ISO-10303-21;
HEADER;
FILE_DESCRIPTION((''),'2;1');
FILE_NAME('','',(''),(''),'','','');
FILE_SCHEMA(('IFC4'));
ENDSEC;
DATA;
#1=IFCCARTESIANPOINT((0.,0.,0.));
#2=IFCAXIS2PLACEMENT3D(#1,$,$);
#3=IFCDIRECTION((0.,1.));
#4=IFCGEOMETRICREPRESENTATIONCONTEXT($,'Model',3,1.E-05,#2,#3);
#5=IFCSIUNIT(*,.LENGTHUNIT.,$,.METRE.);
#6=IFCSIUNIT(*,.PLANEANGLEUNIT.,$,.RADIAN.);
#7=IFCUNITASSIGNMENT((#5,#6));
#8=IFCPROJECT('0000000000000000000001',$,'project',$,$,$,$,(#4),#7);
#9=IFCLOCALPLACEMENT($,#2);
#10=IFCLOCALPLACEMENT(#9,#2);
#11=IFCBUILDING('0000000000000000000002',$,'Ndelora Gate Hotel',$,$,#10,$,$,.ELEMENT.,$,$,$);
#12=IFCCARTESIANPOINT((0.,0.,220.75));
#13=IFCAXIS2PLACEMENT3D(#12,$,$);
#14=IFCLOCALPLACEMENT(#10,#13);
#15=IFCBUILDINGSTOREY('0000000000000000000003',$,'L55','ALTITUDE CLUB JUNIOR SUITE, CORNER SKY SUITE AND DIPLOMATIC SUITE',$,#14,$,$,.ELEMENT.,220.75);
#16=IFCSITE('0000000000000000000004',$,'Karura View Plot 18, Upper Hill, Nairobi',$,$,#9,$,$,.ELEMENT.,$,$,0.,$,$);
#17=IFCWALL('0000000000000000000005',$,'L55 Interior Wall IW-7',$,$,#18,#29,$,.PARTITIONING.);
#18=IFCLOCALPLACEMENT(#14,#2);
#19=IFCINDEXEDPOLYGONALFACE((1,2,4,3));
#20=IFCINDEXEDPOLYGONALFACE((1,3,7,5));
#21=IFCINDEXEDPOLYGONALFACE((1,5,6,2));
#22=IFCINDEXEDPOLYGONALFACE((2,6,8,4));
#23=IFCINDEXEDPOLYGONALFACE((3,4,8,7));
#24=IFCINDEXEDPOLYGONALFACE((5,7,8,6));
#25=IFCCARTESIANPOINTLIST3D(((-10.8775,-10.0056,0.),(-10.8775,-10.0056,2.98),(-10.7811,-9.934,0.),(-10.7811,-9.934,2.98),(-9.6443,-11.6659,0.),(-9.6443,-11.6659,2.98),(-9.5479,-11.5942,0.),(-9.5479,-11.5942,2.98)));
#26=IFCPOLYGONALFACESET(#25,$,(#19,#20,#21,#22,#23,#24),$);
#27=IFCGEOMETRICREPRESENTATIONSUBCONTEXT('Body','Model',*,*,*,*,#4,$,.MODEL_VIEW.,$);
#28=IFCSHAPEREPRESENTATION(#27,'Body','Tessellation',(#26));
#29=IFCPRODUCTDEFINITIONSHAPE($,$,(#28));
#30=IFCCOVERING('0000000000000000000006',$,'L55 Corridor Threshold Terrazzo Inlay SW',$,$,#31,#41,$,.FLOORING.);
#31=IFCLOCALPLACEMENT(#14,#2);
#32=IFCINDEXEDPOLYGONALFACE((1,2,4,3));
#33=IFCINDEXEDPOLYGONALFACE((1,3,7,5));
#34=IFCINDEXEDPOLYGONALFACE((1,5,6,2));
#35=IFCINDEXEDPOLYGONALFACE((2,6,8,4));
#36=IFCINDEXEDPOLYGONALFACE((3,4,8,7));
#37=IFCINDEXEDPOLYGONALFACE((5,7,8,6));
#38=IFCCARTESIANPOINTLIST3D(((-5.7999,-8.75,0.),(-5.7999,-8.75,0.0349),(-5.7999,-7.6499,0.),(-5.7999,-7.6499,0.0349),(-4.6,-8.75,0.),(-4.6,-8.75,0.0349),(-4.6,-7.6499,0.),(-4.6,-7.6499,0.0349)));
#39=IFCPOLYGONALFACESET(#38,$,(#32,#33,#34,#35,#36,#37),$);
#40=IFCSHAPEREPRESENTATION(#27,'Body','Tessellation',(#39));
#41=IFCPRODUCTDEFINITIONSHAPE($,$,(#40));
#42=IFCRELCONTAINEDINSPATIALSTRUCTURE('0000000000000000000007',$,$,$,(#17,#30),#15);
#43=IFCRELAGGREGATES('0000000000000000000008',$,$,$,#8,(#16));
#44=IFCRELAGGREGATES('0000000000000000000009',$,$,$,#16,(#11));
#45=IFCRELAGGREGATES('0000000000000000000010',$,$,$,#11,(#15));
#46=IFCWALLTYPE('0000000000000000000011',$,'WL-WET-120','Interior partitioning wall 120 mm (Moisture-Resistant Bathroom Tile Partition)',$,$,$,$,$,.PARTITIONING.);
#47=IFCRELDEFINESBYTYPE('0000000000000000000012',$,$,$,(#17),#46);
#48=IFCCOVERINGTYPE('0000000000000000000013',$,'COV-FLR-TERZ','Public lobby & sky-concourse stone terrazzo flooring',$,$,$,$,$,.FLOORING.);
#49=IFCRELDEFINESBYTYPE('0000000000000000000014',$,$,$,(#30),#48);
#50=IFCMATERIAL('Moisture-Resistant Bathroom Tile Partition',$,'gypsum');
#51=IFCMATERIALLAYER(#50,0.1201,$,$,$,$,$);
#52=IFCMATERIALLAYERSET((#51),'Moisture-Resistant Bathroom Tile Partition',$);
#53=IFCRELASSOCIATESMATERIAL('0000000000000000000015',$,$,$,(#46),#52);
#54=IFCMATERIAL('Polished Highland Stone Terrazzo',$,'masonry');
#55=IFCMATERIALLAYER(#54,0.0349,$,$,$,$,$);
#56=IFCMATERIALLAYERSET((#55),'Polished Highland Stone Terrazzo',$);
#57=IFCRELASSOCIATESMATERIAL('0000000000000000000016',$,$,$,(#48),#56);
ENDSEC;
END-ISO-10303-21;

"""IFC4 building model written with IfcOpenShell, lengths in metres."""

from ifc_helpers import new_model, si_unit, direction, frame, frame_2d, origin, origin_2d, place, context, subcontext, project, spatial, rectangle, extrude, material, layer, layer_set, type_object, element, save


model = new_model("IFC4")

# Units and contexts
model_context = context("Model", 3, precision=1e-05, world=origin(), true_north=direction((0.0, 1.0)))
body_context = subcontext(model_context, "Body", "Model", "MODEL_VIEW")
ifc_project = project(units=[si_unit("LENGTHUNIT", "METRE"), si_unit("PLANEANGLEUNIT", "RADIAN")], contexts=[model_context])

# Site, building, storey
site_placement = place(None, origin())
site = spatial("IfcSite", under=ifc_project, at=site_placement, Name="Karura View Plot 18, Upper Hill, Nairobi", CompositionType="ELEMENT", RefElevation=0.0)
building_placement = place(site_placement, origin())
building = spatial("IfcBuilding", under=site, at=building_placement, Name="Ndelora Gate Hotel", CompositionType="ELEMENT")
storey_placement = place(building_placement, frame((0.0, 0.0, 220.75)))
storey = spatial("IfcBuildingStorey", under=building, at=storey_placement, Name="L55", Description="ALTITUDE CLUB JUNIOR SUITE, CORNER SKY SUITE AND DIPLOMATIC SUITE", CompositionType="ELEMENT", Elevation=220.75)

# Shared definitions
ifc_material_1 = material(Name="Moisture-Resistant Bathroom Tile Partition", Category="gypsum")
ifc_layer_1 = layer(ifc_material_1, 0.1201)
ifc_layer_set_1 = layer_set([ifc_layer_1], Name="Moisture-Resistant Bathroom Tile Partition")
wall_type_1 = type_object("IfcWallType", Name="WL-WET-120", Description="Interior partitioning wall 120 mm (Moisture-Resistant Bathroom Tile Partition)", PredefinedType="PARTITIONING", material=ifc_layer_set_1)

# Wall
wall_1_placement = place(storey_placement, frame((-10.8293, -9.9697, 0.0), z_axis=(0.0, 0.0, 1.0), x_axis=(0.596291, -0.802768, 0.0)))
element("IfcWall", 1, at=wall_1_placement, inside=storey, type_object=wall_type_1, Name="L55 Interior Wall IW-7", PredefinedType="PARTITIONING", context=body_context, shape_type="SweptSolid", body=[
    extrude(rectangle(XDim=2.0681, YDim=0.1201, at=frame_2d((1.0342, 0.0))), origin(), (0.0, 0.0, 1.0), 2.98),
])

# Covering
ifc_material_2 = material(Name="Polished Highland Stone Terrazzo", Category="masonry")
ifc_layer_2 = layer(ifc_material_2, 0.0349)
ifc_layer_set_2 = layer_set([ifc_layer_2], Name="Polished Highland Stone Terrazzo")
covering_type = type_object("IfcCoveringType", Name="COV-FLR-TERZ", Description="Public lobby & sky-concourse stone terrazzo flooring", PredefinedType="FLOORING", material=ifc_layer_set_2)
covering_placement = place(storey_placement, frame((-5.2, -8.2, 0.0), z_axis=(0.0, 0.0, 1.0), x_axis=(1.0, 0.0, 0.0)))
element("IfcCovering", 2, at=covering_placement, inside=storey, type_object=covering_type, Name="L55 Corridor Threshold Terrazzo Inlay SW", PredefinedType="FLOORING", context=body_context, shape_type="SweptSolid", body=[
    extrude(rectangle(XDim=1.2, YDim=1.1001, at=origin_2d()), origin(), (0.0, 0.0, 1.0), 0.0349),
])

save(model, "model.ifc")
